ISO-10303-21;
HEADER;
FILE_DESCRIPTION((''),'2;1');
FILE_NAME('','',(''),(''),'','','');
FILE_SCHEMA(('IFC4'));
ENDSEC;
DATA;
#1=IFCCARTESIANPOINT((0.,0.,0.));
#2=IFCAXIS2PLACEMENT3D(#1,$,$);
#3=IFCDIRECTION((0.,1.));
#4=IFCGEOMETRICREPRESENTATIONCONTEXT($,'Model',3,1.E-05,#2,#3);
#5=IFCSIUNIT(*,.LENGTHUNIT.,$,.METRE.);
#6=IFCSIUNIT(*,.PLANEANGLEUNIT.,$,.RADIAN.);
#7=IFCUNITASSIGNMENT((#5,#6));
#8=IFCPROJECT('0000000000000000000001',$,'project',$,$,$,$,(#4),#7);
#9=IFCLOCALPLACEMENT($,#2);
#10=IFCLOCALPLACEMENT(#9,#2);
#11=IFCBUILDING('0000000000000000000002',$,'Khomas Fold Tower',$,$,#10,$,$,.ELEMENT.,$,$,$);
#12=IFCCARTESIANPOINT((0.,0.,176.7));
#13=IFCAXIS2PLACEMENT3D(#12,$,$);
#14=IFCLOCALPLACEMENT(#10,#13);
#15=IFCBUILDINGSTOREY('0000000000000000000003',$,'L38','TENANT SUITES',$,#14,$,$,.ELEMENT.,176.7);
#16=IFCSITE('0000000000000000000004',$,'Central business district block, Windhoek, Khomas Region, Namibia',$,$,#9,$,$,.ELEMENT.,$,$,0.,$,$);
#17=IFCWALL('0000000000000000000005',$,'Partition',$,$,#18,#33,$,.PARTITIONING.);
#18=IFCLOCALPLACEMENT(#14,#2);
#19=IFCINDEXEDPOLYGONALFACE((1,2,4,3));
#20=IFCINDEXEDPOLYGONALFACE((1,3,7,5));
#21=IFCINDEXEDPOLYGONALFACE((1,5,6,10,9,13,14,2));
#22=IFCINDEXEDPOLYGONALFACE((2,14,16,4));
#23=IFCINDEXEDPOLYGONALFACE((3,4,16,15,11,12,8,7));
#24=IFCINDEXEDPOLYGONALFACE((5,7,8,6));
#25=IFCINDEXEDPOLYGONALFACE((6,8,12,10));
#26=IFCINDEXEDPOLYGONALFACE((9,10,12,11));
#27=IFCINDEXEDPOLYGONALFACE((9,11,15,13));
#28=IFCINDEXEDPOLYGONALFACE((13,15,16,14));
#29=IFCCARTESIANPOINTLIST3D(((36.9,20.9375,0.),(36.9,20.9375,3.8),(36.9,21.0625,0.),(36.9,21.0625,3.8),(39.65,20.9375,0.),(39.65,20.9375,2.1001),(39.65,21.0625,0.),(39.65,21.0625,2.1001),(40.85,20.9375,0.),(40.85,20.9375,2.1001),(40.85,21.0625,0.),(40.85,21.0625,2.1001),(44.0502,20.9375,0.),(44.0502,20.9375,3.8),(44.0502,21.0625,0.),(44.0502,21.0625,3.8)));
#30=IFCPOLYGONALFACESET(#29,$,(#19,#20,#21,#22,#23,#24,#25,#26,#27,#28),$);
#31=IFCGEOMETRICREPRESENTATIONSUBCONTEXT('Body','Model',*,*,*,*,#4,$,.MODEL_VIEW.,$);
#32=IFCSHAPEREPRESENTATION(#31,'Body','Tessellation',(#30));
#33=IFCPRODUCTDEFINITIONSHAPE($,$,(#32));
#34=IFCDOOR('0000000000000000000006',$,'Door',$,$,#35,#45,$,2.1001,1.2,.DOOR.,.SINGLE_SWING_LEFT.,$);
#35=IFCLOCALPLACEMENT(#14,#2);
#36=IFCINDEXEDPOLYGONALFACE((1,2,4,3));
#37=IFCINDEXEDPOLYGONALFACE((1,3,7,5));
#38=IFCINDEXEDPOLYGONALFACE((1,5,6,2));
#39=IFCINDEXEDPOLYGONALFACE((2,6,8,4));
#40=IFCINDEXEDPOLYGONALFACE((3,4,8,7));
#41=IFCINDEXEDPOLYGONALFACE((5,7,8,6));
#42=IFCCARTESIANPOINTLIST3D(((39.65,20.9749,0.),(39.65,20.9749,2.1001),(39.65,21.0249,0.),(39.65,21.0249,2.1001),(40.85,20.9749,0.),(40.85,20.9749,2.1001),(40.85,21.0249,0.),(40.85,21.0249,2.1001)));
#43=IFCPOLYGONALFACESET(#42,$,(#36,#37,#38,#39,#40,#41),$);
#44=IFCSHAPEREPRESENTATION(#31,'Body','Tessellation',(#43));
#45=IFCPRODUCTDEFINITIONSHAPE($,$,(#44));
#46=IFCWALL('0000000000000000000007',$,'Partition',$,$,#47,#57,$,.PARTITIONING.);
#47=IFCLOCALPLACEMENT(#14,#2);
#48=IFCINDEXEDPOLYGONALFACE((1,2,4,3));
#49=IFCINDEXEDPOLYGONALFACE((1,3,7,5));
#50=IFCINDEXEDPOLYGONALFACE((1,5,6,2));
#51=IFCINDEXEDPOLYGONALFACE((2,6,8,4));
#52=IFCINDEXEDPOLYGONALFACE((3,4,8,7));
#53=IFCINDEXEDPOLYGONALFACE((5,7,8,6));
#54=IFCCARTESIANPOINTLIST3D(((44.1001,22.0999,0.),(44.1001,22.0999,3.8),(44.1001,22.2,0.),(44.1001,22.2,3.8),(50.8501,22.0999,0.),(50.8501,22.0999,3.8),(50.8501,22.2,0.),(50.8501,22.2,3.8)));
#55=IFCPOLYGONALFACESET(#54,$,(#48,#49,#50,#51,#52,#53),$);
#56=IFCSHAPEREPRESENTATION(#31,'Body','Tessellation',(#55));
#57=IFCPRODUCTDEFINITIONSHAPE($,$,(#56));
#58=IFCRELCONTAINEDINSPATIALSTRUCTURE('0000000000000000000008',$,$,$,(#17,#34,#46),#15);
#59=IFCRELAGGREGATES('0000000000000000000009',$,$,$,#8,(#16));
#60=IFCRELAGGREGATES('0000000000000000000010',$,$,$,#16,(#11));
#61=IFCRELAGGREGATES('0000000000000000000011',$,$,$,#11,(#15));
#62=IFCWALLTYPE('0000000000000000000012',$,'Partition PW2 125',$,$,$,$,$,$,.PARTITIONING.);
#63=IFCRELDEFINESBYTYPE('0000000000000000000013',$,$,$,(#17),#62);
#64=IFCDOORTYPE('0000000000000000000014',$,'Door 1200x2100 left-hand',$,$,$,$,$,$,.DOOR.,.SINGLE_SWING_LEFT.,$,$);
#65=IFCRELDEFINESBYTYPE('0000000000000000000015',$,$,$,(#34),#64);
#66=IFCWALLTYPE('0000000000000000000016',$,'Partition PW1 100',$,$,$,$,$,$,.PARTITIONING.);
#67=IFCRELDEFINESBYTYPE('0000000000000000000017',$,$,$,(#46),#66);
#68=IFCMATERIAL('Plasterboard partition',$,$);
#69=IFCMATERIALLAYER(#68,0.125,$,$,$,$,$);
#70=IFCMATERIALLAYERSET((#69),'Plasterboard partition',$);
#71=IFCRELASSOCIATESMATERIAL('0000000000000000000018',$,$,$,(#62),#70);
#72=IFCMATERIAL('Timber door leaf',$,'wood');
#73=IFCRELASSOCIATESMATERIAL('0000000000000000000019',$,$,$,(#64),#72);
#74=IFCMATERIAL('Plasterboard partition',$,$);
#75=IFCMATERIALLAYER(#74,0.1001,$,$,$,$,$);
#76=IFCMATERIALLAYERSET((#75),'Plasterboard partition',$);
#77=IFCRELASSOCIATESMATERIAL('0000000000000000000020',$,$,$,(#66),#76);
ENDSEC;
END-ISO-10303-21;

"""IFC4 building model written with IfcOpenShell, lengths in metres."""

from ifc_helpers import new_model, si_unit, direction, frame, frame_2d, origin, place, context, subcontext, project, spatial, rectangle, extrude, source, transform, mapped, material, layer, layer_set, type_object, element, fill, save


model = new_model("IFC4")

# Units and contexts
model_context = context("Model", 3, precision=1e-05, world=origin(), true_north=direction((0.0, 1.0)))
body_context = subcontext(model_context, "Body", "Model", "MODEL_VIEW")
ifc_project = project(units=[si_unit("LENGTHUNIT", "METRE"), si_unit("PLANEANGLEUNIT", "RADIAN")], contexts=[model_context])

# Site, building, storey
site_placement = place(None, origin())
site = spatial("IfcSite", under=ifc_project, at=site_placement, Name="Central business district block, Windhoek, Khomas Region, Namibia", CompositionType="ELEMENT", RefElevation=0.0)
building_placement = place(site_placement, origin())
building = spatial("IfcBuilding", under=site, at=building_placement, Name="Khomas Fold Tower", CompositionType="ELEMENT")
storey_placement = place(building_placement, frame((0.0, 0.0, 176.7)))
storey = spatial("IfcBuildingStorey", under=building, at=storey_placement, Name="L38", Description="TENANT SUITES", CompositionType="ELEMENT", Elevation=176.7)

# Shared definitions
ifc_material_1 = material(Name="Plasterboard partition")
ifc_layer_1 = layer(ifc_material_1, 0.125)
ifc_layer_set_1 = layer_set([ifc_layer_1], Name="Plasterboard partition")
wall_type_1 = type_object("IfcWallType", Name="Partition PW2 125", PredefinedType="PARTITIONING", material=ifc_layer_set_1)

# Wall, opening, door
shared_shape_1 = source(origin(), body_context, "Body", "SweptSolid", [
    extrude(rectangle(XDim=7.1501, YDim=0.125, at=frame_2d((3.5752, 0.0))), origin(), (0.0, 0.0, 1.0), 3.8),
])
wall_1_placement = place(storey_placement, frame((36.8999, 21.0, 0.0), z_axis=(0.0, 0.0, 1.0), x_axis=(1.0, 0.0, 0.0)))
wall_1 = element("IfcWall", 1, at=wall_1_placement, inside=storey, type_object=wall_type_1, Name="Partition", PredefinedType="PARTITIONING", context=body_context, shape_type="MappedRepresentation", body=[
    mapped(shared_shape_1, transform((0.0, 0.0, 0.0))),
])
shared_shape_2 = source(origin(), body_context, "Body", "SweptSolid", [
    extrude(rectangle(XDim=1.2, YDim=2.1001, at=frame_2d((0.6001, 1.05))), frame((0.0, 0.0725, 0.0), z_axis=(0.0, -1.0, 0.0), x_axis=(1.0, 0.0, 0.0)), (0.0, 0.0, 1.0), 0.145),
])
opening_1_placement = place(wall_1_placement, frame((2.75, 0.0, 0.0)))
opening_1 = element("IfcOpeningElement", 2, at=opening_1_placement, cuts=wall_1, PredefinedType="OPENING", context=body_context, shape_type="MappedRepresentation", body=[
    mapped(shared_shape_2, transform((0.0, 0.0, 0.0))),
])
ifc_material_2 = material(Name="Timber door leaf", Category="wood")
door_type_1 = type_object("IfcDoorType", Name="Door 1200x2100 left-hand", OperationType="SINGLE_SWING_LEFT", PredefinedType="DOOR", material=ifc_material_2)
shared_shape_3 = source(origin(), body_context, "Body", "SweptSolid", [
    extrude(rectangle(XDim=1.2, YDim=2.1001, at=frame_2d((0.6001, 1.05))), frame((0.0, 0.0249, 0.0), z_axis=(0.0, -1.0, 0.0), x_axis=(1.0, 0.0, 0.0)), (0.0, 0.0, 1.0), 0.05),
])
door_1_placement = place(opening_1_placement, origin())
door_1 = element("IfcDoor", 3, at=door_1_placement, inside=storey, type_object=door_type_1, Name="Door", OperationType="SINGLE_SWING_LEFT", OverallHeight=2.1001, OverallWidth=1.2, PredefinedType="DOOR", context=body_context, shape_type="MappedRepresentation", body=[
    mapped(shared_shape_3, transform((0.0, 0.0, 0.0))),
])
fill(opening_1, door_1)

# Wall
ifc_material_3 = material(Name="Plasterboard partition")
ifc_layer_2 = layer(ifc_material_3, 0.1001)
ifc_layer_set_2 = layer_set([ifc_layer_2], Name="Plasterboard partition")
wall_type_2 = type_object("IfcWallType", Name="Partition PW1 100", PredefinedType="PARTITIONING", material=ifc_layer_set_2)
shared_shape_4 = source(origin(), body_context, "Body", "SweptSolid", [
    extrude(rectangle(XDim=6.75, YDim=0.1001, at=frame_2d((3.375, 0.0))), origin(), (0.0, 0.0, 1.0), 3.8),
])
wall_2_placement = place(storey_placement, frame((44.1001, 22.1499, 0.0), z_axis=(0.0, 0.0, 1.0), x_axis=(1.0, 0.0, 0.0)))
element("IfcWall", 4, at=wall_2_placement, inside=storey, type_object=wall_type_2, Name="Partition", PredefinedType="PARTITIONING", context=body_context, shape_type="MappedRepresentation", body=[
    mapped(shared_shape_4, transform((0.0, 0.0, 0.0))),
])

save(model, "model.ifc")
